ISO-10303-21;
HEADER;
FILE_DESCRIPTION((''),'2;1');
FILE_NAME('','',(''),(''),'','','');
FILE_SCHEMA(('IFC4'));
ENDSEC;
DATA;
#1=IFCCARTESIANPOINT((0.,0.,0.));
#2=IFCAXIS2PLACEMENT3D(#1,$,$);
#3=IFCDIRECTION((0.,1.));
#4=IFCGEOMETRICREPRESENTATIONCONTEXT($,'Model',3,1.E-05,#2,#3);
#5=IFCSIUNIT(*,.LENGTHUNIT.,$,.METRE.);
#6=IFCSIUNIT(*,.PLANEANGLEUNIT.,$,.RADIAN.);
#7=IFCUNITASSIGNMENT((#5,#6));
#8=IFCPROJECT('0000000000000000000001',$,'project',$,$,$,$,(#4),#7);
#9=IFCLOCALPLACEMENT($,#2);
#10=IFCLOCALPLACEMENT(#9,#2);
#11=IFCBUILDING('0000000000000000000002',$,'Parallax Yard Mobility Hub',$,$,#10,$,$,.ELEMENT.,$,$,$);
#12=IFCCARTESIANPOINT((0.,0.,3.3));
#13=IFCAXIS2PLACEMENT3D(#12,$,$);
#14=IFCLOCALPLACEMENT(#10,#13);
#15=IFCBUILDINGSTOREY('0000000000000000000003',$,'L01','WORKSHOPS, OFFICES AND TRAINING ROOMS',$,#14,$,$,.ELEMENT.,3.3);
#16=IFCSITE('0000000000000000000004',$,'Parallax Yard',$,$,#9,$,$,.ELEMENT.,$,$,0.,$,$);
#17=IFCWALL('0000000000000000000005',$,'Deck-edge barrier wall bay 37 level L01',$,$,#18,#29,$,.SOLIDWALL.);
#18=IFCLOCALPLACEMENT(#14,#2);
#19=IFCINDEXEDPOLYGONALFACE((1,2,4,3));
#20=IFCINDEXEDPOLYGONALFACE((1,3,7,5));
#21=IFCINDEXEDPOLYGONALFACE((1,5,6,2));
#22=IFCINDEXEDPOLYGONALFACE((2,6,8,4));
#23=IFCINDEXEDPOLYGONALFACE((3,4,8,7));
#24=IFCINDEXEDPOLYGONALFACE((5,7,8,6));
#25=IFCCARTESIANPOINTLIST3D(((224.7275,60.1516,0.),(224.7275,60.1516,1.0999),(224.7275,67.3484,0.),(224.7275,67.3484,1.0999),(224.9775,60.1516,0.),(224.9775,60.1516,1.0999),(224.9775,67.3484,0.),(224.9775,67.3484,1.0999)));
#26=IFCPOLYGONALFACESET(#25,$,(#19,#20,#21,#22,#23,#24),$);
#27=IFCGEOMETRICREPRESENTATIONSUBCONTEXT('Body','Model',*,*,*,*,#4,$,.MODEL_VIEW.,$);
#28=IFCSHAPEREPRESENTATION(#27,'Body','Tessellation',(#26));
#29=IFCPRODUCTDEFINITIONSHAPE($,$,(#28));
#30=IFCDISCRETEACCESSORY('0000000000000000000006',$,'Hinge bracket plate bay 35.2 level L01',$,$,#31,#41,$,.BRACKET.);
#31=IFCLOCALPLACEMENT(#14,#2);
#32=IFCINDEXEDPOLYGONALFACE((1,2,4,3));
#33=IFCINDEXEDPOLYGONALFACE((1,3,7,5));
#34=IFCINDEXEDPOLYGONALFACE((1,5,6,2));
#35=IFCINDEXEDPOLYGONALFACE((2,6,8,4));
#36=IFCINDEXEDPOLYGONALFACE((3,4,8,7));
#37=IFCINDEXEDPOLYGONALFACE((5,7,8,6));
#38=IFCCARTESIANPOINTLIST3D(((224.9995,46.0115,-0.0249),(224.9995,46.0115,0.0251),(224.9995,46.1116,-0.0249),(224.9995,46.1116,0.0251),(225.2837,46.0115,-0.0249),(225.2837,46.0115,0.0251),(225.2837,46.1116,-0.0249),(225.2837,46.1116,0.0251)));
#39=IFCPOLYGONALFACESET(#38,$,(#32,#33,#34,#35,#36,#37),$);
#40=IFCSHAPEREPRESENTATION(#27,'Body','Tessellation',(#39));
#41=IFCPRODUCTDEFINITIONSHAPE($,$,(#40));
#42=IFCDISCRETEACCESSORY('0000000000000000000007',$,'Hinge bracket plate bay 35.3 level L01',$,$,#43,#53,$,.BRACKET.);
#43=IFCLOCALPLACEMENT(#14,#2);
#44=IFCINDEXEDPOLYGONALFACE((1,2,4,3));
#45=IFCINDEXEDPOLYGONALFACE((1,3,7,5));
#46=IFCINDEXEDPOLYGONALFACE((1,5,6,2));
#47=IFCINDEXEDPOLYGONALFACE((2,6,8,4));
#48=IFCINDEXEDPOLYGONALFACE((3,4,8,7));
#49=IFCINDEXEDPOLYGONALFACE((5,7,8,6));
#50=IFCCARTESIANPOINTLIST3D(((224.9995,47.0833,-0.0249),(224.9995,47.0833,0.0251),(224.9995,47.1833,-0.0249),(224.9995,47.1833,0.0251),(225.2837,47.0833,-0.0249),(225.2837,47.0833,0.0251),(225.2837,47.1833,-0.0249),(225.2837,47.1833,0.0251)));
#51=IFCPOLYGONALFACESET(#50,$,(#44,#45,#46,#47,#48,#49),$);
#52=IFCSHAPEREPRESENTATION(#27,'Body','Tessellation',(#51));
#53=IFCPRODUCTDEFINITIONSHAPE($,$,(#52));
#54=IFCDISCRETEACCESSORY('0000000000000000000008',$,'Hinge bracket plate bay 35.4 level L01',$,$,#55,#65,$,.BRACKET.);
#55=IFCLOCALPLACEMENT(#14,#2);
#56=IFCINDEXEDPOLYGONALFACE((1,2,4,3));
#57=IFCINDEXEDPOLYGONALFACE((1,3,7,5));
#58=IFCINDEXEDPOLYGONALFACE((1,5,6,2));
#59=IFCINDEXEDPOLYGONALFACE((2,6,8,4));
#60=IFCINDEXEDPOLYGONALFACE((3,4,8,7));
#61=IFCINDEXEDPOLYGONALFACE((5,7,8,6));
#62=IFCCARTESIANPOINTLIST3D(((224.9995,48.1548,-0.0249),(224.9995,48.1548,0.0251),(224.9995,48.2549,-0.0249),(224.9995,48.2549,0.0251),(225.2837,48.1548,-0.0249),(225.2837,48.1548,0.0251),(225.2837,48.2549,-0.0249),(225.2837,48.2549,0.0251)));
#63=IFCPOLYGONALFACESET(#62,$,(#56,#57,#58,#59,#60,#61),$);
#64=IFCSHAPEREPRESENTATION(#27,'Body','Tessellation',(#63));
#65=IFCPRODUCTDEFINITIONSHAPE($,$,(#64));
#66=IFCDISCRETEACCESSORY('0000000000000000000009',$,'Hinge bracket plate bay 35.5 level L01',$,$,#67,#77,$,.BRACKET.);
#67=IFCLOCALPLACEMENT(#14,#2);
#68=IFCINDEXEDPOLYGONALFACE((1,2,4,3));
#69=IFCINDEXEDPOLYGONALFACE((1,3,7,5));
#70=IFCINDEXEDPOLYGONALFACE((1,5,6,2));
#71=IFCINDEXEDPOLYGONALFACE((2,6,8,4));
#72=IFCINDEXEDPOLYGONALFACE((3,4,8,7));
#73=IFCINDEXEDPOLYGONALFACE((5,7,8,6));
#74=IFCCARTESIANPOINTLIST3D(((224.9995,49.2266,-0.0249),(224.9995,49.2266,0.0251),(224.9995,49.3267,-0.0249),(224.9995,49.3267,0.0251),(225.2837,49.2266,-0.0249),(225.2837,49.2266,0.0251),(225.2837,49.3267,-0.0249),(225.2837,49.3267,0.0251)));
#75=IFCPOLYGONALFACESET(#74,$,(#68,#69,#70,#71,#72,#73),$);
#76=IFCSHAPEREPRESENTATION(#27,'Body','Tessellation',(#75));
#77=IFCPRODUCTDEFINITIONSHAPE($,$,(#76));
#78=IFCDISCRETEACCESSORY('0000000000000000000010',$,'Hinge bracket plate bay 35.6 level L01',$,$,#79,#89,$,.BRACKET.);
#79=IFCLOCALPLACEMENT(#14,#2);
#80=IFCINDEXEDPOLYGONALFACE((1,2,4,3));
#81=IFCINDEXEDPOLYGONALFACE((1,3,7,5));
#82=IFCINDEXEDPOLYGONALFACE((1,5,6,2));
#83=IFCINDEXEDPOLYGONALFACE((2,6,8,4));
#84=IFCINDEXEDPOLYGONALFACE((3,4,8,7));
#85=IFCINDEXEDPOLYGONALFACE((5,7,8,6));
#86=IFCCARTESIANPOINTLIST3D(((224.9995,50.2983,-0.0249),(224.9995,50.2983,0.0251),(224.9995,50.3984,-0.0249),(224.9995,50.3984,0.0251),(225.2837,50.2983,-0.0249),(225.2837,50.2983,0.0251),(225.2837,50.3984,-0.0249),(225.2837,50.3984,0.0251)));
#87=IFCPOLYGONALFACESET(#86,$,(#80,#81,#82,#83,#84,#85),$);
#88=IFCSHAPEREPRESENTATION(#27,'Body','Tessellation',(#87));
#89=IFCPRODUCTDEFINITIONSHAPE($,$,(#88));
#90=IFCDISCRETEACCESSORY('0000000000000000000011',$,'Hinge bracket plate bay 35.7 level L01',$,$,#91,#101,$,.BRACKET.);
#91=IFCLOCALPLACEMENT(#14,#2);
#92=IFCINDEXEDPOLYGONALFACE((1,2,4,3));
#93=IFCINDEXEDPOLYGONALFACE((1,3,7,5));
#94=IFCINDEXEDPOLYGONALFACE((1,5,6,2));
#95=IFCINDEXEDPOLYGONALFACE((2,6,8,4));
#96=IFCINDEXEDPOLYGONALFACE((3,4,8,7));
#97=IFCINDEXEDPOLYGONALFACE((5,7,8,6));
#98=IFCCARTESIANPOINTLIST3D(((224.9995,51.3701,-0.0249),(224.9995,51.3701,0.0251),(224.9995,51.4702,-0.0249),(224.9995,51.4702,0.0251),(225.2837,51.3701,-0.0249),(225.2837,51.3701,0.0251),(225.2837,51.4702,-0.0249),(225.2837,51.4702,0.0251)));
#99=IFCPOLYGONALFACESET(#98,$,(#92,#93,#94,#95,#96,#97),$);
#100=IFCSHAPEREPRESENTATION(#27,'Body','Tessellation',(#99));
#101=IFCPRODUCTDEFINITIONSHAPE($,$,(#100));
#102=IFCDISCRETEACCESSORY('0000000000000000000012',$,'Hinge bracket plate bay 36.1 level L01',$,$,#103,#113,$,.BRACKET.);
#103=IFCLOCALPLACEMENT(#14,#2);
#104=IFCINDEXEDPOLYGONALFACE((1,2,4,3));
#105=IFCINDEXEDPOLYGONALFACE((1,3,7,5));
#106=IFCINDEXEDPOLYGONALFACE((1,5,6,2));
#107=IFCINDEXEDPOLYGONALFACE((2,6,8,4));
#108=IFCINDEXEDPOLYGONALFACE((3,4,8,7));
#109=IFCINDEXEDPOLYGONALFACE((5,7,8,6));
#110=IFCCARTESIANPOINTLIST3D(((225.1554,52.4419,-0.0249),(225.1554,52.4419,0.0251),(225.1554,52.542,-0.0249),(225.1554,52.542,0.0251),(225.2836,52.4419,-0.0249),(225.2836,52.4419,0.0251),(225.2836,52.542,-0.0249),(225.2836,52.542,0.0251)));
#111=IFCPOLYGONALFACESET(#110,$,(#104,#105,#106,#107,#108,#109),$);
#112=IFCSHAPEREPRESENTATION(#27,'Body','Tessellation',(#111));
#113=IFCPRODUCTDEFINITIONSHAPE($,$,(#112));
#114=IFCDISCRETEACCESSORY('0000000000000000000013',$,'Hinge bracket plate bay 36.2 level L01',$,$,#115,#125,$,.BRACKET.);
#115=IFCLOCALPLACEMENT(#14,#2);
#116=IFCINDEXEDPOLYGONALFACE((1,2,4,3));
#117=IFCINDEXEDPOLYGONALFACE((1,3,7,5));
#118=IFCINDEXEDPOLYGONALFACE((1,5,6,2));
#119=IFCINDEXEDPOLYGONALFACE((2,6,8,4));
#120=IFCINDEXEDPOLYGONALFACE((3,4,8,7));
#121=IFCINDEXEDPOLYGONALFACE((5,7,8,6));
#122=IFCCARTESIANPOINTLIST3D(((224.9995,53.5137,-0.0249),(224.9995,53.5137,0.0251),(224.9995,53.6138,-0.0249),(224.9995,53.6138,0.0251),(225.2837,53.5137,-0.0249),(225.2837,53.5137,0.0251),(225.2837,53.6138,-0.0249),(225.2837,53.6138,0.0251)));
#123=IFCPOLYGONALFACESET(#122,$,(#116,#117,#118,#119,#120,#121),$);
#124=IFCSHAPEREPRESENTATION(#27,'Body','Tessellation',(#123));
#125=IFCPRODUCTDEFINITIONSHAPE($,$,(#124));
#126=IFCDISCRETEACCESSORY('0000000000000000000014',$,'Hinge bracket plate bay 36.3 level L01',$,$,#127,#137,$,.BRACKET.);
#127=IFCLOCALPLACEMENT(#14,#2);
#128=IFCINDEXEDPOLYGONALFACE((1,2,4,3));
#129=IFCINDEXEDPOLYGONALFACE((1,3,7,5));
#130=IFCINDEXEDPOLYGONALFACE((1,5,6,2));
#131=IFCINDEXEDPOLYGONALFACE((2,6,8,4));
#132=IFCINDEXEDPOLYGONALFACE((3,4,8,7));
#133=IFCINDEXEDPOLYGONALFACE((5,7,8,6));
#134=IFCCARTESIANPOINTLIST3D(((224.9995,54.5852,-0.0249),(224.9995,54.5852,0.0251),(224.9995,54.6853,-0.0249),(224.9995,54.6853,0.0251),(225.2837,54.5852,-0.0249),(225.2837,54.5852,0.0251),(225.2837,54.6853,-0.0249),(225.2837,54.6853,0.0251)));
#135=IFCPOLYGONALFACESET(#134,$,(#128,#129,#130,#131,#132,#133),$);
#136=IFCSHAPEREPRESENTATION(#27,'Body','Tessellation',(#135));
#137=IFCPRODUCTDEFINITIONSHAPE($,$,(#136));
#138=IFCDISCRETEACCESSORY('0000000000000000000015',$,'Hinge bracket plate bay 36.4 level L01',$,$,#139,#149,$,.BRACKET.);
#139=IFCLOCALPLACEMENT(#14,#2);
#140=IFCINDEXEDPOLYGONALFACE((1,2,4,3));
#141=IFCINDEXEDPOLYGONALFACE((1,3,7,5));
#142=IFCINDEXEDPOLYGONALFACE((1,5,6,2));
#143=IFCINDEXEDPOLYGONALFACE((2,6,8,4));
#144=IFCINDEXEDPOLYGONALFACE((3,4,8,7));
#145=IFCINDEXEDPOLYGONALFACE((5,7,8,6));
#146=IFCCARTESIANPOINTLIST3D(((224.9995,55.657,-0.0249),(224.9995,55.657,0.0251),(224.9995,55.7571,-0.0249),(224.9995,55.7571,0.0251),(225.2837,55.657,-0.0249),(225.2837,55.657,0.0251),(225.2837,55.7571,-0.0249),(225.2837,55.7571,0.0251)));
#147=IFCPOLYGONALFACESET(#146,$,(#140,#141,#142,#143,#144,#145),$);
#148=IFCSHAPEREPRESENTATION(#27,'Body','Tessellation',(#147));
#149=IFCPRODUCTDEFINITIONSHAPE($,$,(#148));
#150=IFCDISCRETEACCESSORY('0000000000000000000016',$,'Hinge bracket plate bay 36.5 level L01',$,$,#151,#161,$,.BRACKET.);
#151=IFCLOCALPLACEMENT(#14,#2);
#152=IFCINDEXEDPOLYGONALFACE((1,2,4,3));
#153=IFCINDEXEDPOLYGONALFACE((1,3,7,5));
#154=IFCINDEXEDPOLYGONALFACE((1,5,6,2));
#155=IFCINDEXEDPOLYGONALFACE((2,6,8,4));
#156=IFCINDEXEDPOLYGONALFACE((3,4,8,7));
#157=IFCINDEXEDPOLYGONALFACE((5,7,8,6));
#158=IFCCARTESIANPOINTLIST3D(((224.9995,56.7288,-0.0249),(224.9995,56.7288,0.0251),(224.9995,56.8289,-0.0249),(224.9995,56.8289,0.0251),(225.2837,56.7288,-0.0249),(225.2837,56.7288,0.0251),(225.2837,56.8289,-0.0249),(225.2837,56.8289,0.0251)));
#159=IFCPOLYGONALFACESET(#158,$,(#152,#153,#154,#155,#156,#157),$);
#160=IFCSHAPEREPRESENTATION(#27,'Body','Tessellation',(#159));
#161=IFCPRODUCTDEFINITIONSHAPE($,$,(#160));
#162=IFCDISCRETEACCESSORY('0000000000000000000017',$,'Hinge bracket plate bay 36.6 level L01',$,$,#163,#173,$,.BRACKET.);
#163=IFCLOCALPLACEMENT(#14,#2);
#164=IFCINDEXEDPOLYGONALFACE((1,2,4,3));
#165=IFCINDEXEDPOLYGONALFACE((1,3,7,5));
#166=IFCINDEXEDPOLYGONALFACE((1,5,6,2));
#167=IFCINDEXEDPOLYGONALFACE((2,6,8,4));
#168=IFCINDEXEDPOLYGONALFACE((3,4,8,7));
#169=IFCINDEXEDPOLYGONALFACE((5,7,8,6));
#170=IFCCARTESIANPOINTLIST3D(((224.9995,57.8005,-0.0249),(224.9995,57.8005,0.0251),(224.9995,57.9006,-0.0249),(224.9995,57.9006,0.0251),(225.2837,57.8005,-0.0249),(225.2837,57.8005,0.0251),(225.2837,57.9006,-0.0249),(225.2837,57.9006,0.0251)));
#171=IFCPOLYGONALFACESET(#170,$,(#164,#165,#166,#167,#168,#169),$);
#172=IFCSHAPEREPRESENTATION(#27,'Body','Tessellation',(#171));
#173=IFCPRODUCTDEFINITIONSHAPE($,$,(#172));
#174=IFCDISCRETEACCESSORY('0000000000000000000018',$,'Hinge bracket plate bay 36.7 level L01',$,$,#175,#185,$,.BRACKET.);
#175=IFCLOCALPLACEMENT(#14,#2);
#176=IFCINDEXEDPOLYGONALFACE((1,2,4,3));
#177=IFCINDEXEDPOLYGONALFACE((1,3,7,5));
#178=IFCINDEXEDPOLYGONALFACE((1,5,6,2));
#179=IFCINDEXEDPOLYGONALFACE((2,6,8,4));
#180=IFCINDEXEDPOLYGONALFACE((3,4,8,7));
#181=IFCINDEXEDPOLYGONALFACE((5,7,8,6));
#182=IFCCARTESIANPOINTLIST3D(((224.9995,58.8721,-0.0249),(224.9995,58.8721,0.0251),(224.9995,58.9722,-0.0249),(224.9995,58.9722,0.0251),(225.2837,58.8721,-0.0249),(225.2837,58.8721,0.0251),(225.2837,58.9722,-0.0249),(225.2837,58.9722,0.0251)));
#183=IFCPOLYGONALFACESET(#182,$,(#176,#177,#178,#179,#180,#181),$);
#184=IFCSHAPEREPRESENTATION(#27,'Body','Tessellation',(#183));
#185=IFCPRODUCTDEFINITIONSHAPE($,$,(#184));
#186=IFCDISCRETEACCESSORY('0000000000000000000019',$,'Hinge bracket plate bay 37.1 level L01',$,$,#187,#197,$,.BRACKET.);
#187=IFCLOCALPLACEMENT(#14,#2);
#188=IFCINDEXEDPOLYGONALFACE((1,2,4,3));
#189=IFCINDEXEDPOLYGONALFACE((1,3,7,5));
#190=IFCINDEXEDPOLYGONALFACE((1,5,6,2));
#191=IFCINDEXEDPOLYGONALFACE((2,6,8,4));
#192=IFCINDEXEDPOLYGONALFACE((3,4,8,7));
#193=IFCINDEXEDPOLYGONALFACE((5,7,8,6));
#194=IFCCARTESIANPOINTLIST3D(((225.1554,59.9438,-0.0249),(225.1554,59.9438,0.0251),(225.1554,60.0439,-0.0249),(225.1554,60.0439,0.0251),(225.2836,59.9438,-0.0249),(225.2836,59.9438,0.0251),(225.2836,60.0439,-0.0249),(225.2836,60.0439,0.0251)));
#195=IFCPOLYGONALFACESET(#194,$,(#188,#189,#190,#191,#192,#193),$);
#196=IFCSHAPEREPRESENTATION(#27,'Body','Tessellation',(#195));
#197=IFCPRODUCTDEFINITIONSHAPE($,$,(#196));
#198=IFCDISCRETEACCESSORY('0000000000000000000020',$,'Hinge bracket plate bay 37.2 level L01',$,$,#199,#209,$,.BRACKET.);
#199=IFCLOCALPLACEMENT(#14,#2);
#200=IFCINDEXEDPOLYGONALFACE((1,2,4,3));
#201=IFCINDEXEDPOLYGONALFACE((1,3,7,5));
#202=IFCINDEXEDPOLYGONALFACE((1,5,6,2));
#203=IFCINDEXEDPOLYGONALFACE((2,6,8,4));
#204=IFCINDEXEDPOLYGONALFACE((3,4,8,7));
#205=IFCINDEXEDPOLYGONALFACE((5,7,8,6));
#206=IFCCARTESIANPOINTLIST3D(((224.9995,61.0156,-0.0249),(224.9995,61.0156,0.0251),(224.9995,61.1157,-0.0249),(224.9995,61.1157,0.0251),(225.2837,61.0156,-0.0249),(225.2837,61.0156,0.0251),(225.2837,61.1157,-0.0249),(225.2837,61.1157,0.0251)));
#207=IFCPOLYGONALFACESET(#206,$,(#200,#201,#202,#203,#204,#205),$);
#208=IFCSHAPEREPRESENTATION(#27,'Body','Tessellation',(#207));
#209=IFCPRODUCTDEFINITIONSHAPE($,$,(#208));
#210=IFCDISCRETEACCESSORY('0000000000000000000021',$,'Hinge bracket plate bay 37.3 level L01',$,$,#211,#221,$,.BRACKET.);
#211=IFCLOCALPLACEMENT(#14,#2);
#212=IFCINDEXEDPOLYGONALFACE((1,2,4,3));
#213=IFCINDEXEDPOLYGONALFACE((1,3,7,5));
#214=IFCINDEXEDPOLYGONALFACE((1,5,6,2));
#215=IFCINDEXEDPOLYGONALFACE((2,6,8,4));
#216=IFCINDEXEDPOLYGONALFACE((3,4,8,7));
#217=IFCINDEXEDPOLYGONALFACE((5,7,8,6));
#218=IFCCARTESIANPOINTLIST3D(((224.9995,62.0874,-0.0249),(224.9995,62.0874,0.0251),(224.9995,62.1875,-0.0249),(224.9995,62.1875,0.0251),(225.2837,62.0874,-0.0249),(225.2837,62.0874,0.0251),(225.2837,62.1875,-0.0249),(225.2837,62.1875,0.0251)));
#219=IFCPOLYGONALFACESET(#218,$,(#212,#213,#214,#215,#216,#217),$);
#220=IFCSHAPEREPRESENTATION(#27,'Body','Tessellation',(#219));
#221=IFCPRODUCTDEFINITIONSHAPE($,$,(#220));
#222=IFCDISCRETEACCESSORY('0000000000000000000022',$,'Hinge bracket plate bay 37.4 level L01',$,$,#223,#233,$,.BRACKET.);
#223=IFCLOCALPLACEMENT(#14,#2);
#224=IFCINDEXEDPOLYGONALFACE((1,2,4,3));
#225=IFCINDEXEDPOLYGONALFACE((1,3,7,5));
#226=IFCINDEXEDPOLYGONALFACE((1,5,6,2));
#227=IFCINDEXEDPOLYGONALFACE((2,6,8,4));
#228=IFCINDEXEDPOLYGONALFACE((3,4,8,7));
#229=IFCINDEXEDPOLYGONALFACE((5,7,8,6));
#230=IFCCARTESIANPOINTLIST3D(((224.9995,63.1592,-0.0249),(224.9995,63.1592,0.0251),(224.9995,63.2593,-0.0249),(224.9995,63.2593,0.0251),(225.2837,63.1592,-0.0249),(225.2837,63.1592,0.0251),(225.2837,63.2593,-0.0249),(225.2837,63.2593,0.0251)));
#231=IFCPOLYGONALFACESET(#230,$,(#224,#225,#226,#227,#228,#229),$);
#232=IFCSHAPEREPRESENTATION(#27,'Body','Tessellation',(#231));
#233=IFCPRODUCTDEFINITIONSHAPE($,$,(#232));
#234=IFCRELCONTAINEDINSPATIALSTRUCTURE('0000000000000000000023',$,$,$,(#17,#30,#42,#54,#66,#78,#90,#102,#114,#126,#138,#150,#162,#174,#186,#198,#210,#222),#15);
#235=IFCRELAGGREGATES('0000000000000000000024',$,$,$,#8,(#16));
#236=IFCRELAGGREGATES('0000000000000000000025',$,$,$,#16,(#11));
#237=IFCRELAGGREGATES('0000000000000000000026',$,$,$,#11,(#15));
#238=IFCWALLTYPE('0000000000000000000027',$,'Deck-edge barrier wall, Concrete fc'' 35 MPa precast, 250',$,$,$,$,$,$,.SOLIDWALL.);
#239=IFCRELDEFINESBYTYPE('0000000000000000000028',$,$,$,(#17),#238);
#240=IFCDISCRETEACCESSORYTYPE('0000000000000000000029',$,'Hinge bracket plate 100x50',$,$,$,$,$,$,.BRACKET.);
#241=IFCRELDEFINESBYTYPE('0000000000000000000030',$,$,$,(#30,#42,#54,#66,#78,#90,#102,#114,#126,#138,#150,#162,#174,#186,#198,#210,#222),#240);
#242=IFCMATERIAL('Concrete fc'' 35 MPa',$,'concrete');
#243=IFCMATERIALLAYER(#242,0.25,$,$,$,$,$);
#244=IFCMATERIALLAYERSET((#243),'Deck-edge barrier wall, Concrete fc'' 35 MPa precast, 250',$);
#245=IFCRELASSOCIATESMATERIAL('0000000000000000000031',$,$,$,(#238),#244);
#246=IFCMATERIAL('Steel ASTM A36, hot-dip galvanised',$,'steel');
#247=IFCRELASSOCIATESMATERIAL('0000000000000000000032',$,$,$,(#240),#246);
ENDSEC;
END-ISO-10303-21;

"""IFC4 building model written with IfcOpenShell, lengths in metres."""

from ifc_helpers import new_model, si_unit, direction, frame, frame_2d, origin, origin_2d, place, context, subcontext, project, spatial, rectangle, extrude, material, layer, layer_set, type_object, element, save


model = new_model("IFC4")

# Units and contexts
model_context = context("Model", 3, precision=1e-05, world=origin(), true_north=direction((0.0, 1.0)))
body_context = subcontext(model_context, "Body", "Model", "MODEL_VIEW")
ifc_project = project(units=[si_unit("LENGTHUNIT", "METRE"), si_unit("PLANEANGLEUNIT", "RADIAN")], contexts=[model_context])

# Site, building, storey
site_placement = place(None, origin())
site = spatial("IfcSite", under=ifc_project, at=site_placement, Name="Parallax Yard", CompositionType="ELEMENT", RefElevation=0.0)
building_placement = place(site_placement, origin())
building = spatial("IfcBuilding", under=site, at=building_placement, Name="Parallax Yard Mobility Hub", CompositionType="ELEMENT")
storey_placement = place(building_placement, frame((0.0, 0.0, 3.3)))
storey = spatial("IfcBuildingStorey", under=building, at=storey_placement, Name="L01", Description="WORKSHOPS, OFFICES AND TRAINING ROOMS", CompositionType="ELEMENT", Elevation=3.3)

# Wall
ifc_material_1 = material(Name="Concrete fc' 35 MPa", Category="concrete")
ifc_layer = layer(ifc_material_1, 0.25)
ifc_layer_set = layer_set([ifc_layer], Name="Deck-edge barrier wall, Concrete fc' 35 MPa precast, 250")
wall_type = type_object("IfcWallType", Name="Deck-edge barrier wall, Concrete fc' 35 MPa precast, 250", PredefinedType="SOLIDWALL", material=ifc_layer_set)
wall_placement = place(storey_placement, frame((224.8525, 60.1516, 0.0), z_axis=(0.0, 0.0, 1.0), x_axis=(0.0, 1.0, 0.0)))
element("IfcWall", 1, at=wall_placement, inside=storey, type_object=wall_type, Name="Deck-edge barrier wall bay 37 level L01", PredefinedType="SOLIDWALL", context=body_context, shape_type="SweptSolid", body=[
    extrude(rectangle(XDim=7.1968, YDim=0.25, at=frame_2d((3.5984, 0.0))), origin(), (0.0, 0.0, 1.0), 1.0999),
])

# Discrete accessories
ifc_material_2 = material(Name="Steel ASTM A36, hot-dip galvanised", Category="steel")
discrete_accessory_type_1 = type_object("IfcDiscreteAccessoryType", Name="Hinge bracket plate 100x50", PredefinedType="BRACKET", material=ifc_material_2)
for number, where, z_axis, x_axis, name in (
    (2, (225.1416, 46.0615, -0.0249), (0.0, 0.0, 1.0), (1.0, 0.0, 0.0), "Hinge bracket plate bay 35.2 level L01"),
    (3, (225.1416, 47.1333, -0.0249), (0.0, 0.0, 1.0), (1.0, 0.0, 0.0), "Hinge bracket plate bay 35.3 level L01"),
    (4, (225.1416, 48.2048, -0.0249), (0.0, 0.0, 1.0), (1.0, 0.0, 0.0), "Hinge bracket plate bay 35.4 level L01"),
    (5, (225.1416, 49.2766, -0.0249), (0.0, 0.0, 1.0), (1.0, 0.0, 0.0), "Hinge bracket plate bay 35.5 level L01"),
    (6, (225.1416, 50.3484, -0.0249), (0.0, 0.0, 1.0), (1.0, 0.0, 0.0), "Hinge bracket plate bay 35.6 level L01"),
    (7, (225.1416, 51.4202, -0.0249), (0.0, 0.0, 1.0), (1.0, 0.0, 0.0), "Hinge bracket plate bay 35.7 level L01"),
):
    element("IfcDiscreteAccessory", number, at=place(storey_placement, frame(where, z_axis=z_axis, x_axis=x_axis)), inside=storey, type_object=discrete_accessory_type_1, Name=name, PredefinedType="BRACKET", context=body_context, shape_type="SweptSolid", body=[
        extrude(rectangle(XDim=0.2842, YDim=0.1001, at=origin_2d()), origin(), (0.0, 0.0, 1.0), 0.05),
    ])
discrete_accessory_1_placement = place(storey_placement, frame((225.2195, 52.4919, -0.0249), z_axis=(0.0, 0.0, 1.0), x_axis=(1.0, 0.0, 0.0)))
element("IfcDiscreteAccessory", 8, at=discrete_accessory_1_placement, inside=storey, type_object=discrete_accessory_type_1, Name="Hinge bracket plate bay 36.1 level L01", PredefinedType="BRACKET", context=body_context, shape_type="SweptSolid", body=[
    extrude(rectangle(XDim=0.1282, YDim=0.1001, at=origin_2d()), origin(), (0.0, 0.0, 1.0), 0.05),
])
for number, where, z_axis, x_axis, name in (
    (9, (225.1416, 53.5637, -0.0249), (0.0, 0.0, 1.0), (1.0, 0.0, 0.0), "Hinge bracket plate bay 36.2 level L01"),
    (10, (225.1416, 54.6353, -0.0249), (0.0, 0.0, 1.0), (1.0, 0.0, 0.0), "Hinge bracket plate bay 36.3 level L01"),
    (11, (225.1416, 55.707, -0.0249), (0.0, 0.0, 1.0), (1.0, 0.0, 0.0), "Hinge bracket plate bay 36.4 level L01"),
    (12, (225.1416, 56.7788, -0.0249), (0.0, 0.0, 1.0), (1.0, 0.0, 0.0), "Hinge bracket plate bay 36.5 level L01"),
    (13, (225.1416, 57.8506, -0.0249), (0.0, 0.0, 1.0), (1.0, 0.0, 0.0), "Hinge bracket plate bay 36.6 level L01"),
    (14, (225.1416, 58.9221, -0.0249), (0.0, 0.0, 1.0), (1.0, 0.0, 0.0), "Hinge bracket plate bay 36.7 level L01"),
):
    element("IfcDiscreteAccessory", number, at=place(storey_placement, frame(where, z_axis=z_axis, x_axis=x_axis)), inside=storey, type_object=discrete_accessory_type_1, Name=name, PredefinedType="BRACKET", context=body_context, shape_type="SweptSolid", body=[
        extrude(rectangle(XDim=0.2842, YDim=0.1001, at=origin_2d()), origin(), (0.0, 0.0, 1.0), 0.05),
    ])
discrete_accessory_2_placement = place(storey_placement, frame((225.2195, 59.9939, -0.0249), z_axis=(0.0, 0.0, 1.0), x_axis=(1.0, 0.0, 0.0)))
element("IfcDiscreteAccessory", 15, at=discrete_accessory_2_placement, inside=storey, type_object=discrete_accessory_type_1, Name="Hinge bracket plate bay 37.1 level L01", PredefinedType="BRACKET", context=body_context, shape_type="SweptSolid", body=[
    extrude(rectangle(XDim=0.1282, YDim=0.1001, at=origin_2d()), origin(), (0.0, 0.0, 1.0), 0.05),
])
for number, where, z_axis, x_axis, name in (
    (16, (225.1416, 61.0657, -0.0249), (0.0, 0.0, 1.0), (1.0, 0.0, 0.0), "Hinge bracket plate bay 37.2 level L01"),
    (17, (225.1416, 62.1375, -0.0249), (0.0, 0.0, 1.0), (1.0, 0.0, 0.0), "Hinge bracket plate bay 37.3 level L01"),
    (18, (225.1416, 63.2092, -0.0249), (0.0, 0.0, 1.0), (1.0, 0.0, 0.0), "Hinge bracket plate bay 37.4 level L01"),
):
    element("IfcDiscreteAccessory", number, at=place(storey_placement, frame(where, z_axis=z_axis, x_axis=x_axis)), inside=storey, type_object=discrete_accessory_type_1, Name=name, PredefinedType="BRACKET", context=body_context, shape_type="SweptSolid", body=[
        extrude(rectangle(XDim=0.2842, YDim=0.1001, at=origin_2d()), origin(), (0.0, 0.0, 1.0), 0.05),
    ])

save(model, "model.ifc")
